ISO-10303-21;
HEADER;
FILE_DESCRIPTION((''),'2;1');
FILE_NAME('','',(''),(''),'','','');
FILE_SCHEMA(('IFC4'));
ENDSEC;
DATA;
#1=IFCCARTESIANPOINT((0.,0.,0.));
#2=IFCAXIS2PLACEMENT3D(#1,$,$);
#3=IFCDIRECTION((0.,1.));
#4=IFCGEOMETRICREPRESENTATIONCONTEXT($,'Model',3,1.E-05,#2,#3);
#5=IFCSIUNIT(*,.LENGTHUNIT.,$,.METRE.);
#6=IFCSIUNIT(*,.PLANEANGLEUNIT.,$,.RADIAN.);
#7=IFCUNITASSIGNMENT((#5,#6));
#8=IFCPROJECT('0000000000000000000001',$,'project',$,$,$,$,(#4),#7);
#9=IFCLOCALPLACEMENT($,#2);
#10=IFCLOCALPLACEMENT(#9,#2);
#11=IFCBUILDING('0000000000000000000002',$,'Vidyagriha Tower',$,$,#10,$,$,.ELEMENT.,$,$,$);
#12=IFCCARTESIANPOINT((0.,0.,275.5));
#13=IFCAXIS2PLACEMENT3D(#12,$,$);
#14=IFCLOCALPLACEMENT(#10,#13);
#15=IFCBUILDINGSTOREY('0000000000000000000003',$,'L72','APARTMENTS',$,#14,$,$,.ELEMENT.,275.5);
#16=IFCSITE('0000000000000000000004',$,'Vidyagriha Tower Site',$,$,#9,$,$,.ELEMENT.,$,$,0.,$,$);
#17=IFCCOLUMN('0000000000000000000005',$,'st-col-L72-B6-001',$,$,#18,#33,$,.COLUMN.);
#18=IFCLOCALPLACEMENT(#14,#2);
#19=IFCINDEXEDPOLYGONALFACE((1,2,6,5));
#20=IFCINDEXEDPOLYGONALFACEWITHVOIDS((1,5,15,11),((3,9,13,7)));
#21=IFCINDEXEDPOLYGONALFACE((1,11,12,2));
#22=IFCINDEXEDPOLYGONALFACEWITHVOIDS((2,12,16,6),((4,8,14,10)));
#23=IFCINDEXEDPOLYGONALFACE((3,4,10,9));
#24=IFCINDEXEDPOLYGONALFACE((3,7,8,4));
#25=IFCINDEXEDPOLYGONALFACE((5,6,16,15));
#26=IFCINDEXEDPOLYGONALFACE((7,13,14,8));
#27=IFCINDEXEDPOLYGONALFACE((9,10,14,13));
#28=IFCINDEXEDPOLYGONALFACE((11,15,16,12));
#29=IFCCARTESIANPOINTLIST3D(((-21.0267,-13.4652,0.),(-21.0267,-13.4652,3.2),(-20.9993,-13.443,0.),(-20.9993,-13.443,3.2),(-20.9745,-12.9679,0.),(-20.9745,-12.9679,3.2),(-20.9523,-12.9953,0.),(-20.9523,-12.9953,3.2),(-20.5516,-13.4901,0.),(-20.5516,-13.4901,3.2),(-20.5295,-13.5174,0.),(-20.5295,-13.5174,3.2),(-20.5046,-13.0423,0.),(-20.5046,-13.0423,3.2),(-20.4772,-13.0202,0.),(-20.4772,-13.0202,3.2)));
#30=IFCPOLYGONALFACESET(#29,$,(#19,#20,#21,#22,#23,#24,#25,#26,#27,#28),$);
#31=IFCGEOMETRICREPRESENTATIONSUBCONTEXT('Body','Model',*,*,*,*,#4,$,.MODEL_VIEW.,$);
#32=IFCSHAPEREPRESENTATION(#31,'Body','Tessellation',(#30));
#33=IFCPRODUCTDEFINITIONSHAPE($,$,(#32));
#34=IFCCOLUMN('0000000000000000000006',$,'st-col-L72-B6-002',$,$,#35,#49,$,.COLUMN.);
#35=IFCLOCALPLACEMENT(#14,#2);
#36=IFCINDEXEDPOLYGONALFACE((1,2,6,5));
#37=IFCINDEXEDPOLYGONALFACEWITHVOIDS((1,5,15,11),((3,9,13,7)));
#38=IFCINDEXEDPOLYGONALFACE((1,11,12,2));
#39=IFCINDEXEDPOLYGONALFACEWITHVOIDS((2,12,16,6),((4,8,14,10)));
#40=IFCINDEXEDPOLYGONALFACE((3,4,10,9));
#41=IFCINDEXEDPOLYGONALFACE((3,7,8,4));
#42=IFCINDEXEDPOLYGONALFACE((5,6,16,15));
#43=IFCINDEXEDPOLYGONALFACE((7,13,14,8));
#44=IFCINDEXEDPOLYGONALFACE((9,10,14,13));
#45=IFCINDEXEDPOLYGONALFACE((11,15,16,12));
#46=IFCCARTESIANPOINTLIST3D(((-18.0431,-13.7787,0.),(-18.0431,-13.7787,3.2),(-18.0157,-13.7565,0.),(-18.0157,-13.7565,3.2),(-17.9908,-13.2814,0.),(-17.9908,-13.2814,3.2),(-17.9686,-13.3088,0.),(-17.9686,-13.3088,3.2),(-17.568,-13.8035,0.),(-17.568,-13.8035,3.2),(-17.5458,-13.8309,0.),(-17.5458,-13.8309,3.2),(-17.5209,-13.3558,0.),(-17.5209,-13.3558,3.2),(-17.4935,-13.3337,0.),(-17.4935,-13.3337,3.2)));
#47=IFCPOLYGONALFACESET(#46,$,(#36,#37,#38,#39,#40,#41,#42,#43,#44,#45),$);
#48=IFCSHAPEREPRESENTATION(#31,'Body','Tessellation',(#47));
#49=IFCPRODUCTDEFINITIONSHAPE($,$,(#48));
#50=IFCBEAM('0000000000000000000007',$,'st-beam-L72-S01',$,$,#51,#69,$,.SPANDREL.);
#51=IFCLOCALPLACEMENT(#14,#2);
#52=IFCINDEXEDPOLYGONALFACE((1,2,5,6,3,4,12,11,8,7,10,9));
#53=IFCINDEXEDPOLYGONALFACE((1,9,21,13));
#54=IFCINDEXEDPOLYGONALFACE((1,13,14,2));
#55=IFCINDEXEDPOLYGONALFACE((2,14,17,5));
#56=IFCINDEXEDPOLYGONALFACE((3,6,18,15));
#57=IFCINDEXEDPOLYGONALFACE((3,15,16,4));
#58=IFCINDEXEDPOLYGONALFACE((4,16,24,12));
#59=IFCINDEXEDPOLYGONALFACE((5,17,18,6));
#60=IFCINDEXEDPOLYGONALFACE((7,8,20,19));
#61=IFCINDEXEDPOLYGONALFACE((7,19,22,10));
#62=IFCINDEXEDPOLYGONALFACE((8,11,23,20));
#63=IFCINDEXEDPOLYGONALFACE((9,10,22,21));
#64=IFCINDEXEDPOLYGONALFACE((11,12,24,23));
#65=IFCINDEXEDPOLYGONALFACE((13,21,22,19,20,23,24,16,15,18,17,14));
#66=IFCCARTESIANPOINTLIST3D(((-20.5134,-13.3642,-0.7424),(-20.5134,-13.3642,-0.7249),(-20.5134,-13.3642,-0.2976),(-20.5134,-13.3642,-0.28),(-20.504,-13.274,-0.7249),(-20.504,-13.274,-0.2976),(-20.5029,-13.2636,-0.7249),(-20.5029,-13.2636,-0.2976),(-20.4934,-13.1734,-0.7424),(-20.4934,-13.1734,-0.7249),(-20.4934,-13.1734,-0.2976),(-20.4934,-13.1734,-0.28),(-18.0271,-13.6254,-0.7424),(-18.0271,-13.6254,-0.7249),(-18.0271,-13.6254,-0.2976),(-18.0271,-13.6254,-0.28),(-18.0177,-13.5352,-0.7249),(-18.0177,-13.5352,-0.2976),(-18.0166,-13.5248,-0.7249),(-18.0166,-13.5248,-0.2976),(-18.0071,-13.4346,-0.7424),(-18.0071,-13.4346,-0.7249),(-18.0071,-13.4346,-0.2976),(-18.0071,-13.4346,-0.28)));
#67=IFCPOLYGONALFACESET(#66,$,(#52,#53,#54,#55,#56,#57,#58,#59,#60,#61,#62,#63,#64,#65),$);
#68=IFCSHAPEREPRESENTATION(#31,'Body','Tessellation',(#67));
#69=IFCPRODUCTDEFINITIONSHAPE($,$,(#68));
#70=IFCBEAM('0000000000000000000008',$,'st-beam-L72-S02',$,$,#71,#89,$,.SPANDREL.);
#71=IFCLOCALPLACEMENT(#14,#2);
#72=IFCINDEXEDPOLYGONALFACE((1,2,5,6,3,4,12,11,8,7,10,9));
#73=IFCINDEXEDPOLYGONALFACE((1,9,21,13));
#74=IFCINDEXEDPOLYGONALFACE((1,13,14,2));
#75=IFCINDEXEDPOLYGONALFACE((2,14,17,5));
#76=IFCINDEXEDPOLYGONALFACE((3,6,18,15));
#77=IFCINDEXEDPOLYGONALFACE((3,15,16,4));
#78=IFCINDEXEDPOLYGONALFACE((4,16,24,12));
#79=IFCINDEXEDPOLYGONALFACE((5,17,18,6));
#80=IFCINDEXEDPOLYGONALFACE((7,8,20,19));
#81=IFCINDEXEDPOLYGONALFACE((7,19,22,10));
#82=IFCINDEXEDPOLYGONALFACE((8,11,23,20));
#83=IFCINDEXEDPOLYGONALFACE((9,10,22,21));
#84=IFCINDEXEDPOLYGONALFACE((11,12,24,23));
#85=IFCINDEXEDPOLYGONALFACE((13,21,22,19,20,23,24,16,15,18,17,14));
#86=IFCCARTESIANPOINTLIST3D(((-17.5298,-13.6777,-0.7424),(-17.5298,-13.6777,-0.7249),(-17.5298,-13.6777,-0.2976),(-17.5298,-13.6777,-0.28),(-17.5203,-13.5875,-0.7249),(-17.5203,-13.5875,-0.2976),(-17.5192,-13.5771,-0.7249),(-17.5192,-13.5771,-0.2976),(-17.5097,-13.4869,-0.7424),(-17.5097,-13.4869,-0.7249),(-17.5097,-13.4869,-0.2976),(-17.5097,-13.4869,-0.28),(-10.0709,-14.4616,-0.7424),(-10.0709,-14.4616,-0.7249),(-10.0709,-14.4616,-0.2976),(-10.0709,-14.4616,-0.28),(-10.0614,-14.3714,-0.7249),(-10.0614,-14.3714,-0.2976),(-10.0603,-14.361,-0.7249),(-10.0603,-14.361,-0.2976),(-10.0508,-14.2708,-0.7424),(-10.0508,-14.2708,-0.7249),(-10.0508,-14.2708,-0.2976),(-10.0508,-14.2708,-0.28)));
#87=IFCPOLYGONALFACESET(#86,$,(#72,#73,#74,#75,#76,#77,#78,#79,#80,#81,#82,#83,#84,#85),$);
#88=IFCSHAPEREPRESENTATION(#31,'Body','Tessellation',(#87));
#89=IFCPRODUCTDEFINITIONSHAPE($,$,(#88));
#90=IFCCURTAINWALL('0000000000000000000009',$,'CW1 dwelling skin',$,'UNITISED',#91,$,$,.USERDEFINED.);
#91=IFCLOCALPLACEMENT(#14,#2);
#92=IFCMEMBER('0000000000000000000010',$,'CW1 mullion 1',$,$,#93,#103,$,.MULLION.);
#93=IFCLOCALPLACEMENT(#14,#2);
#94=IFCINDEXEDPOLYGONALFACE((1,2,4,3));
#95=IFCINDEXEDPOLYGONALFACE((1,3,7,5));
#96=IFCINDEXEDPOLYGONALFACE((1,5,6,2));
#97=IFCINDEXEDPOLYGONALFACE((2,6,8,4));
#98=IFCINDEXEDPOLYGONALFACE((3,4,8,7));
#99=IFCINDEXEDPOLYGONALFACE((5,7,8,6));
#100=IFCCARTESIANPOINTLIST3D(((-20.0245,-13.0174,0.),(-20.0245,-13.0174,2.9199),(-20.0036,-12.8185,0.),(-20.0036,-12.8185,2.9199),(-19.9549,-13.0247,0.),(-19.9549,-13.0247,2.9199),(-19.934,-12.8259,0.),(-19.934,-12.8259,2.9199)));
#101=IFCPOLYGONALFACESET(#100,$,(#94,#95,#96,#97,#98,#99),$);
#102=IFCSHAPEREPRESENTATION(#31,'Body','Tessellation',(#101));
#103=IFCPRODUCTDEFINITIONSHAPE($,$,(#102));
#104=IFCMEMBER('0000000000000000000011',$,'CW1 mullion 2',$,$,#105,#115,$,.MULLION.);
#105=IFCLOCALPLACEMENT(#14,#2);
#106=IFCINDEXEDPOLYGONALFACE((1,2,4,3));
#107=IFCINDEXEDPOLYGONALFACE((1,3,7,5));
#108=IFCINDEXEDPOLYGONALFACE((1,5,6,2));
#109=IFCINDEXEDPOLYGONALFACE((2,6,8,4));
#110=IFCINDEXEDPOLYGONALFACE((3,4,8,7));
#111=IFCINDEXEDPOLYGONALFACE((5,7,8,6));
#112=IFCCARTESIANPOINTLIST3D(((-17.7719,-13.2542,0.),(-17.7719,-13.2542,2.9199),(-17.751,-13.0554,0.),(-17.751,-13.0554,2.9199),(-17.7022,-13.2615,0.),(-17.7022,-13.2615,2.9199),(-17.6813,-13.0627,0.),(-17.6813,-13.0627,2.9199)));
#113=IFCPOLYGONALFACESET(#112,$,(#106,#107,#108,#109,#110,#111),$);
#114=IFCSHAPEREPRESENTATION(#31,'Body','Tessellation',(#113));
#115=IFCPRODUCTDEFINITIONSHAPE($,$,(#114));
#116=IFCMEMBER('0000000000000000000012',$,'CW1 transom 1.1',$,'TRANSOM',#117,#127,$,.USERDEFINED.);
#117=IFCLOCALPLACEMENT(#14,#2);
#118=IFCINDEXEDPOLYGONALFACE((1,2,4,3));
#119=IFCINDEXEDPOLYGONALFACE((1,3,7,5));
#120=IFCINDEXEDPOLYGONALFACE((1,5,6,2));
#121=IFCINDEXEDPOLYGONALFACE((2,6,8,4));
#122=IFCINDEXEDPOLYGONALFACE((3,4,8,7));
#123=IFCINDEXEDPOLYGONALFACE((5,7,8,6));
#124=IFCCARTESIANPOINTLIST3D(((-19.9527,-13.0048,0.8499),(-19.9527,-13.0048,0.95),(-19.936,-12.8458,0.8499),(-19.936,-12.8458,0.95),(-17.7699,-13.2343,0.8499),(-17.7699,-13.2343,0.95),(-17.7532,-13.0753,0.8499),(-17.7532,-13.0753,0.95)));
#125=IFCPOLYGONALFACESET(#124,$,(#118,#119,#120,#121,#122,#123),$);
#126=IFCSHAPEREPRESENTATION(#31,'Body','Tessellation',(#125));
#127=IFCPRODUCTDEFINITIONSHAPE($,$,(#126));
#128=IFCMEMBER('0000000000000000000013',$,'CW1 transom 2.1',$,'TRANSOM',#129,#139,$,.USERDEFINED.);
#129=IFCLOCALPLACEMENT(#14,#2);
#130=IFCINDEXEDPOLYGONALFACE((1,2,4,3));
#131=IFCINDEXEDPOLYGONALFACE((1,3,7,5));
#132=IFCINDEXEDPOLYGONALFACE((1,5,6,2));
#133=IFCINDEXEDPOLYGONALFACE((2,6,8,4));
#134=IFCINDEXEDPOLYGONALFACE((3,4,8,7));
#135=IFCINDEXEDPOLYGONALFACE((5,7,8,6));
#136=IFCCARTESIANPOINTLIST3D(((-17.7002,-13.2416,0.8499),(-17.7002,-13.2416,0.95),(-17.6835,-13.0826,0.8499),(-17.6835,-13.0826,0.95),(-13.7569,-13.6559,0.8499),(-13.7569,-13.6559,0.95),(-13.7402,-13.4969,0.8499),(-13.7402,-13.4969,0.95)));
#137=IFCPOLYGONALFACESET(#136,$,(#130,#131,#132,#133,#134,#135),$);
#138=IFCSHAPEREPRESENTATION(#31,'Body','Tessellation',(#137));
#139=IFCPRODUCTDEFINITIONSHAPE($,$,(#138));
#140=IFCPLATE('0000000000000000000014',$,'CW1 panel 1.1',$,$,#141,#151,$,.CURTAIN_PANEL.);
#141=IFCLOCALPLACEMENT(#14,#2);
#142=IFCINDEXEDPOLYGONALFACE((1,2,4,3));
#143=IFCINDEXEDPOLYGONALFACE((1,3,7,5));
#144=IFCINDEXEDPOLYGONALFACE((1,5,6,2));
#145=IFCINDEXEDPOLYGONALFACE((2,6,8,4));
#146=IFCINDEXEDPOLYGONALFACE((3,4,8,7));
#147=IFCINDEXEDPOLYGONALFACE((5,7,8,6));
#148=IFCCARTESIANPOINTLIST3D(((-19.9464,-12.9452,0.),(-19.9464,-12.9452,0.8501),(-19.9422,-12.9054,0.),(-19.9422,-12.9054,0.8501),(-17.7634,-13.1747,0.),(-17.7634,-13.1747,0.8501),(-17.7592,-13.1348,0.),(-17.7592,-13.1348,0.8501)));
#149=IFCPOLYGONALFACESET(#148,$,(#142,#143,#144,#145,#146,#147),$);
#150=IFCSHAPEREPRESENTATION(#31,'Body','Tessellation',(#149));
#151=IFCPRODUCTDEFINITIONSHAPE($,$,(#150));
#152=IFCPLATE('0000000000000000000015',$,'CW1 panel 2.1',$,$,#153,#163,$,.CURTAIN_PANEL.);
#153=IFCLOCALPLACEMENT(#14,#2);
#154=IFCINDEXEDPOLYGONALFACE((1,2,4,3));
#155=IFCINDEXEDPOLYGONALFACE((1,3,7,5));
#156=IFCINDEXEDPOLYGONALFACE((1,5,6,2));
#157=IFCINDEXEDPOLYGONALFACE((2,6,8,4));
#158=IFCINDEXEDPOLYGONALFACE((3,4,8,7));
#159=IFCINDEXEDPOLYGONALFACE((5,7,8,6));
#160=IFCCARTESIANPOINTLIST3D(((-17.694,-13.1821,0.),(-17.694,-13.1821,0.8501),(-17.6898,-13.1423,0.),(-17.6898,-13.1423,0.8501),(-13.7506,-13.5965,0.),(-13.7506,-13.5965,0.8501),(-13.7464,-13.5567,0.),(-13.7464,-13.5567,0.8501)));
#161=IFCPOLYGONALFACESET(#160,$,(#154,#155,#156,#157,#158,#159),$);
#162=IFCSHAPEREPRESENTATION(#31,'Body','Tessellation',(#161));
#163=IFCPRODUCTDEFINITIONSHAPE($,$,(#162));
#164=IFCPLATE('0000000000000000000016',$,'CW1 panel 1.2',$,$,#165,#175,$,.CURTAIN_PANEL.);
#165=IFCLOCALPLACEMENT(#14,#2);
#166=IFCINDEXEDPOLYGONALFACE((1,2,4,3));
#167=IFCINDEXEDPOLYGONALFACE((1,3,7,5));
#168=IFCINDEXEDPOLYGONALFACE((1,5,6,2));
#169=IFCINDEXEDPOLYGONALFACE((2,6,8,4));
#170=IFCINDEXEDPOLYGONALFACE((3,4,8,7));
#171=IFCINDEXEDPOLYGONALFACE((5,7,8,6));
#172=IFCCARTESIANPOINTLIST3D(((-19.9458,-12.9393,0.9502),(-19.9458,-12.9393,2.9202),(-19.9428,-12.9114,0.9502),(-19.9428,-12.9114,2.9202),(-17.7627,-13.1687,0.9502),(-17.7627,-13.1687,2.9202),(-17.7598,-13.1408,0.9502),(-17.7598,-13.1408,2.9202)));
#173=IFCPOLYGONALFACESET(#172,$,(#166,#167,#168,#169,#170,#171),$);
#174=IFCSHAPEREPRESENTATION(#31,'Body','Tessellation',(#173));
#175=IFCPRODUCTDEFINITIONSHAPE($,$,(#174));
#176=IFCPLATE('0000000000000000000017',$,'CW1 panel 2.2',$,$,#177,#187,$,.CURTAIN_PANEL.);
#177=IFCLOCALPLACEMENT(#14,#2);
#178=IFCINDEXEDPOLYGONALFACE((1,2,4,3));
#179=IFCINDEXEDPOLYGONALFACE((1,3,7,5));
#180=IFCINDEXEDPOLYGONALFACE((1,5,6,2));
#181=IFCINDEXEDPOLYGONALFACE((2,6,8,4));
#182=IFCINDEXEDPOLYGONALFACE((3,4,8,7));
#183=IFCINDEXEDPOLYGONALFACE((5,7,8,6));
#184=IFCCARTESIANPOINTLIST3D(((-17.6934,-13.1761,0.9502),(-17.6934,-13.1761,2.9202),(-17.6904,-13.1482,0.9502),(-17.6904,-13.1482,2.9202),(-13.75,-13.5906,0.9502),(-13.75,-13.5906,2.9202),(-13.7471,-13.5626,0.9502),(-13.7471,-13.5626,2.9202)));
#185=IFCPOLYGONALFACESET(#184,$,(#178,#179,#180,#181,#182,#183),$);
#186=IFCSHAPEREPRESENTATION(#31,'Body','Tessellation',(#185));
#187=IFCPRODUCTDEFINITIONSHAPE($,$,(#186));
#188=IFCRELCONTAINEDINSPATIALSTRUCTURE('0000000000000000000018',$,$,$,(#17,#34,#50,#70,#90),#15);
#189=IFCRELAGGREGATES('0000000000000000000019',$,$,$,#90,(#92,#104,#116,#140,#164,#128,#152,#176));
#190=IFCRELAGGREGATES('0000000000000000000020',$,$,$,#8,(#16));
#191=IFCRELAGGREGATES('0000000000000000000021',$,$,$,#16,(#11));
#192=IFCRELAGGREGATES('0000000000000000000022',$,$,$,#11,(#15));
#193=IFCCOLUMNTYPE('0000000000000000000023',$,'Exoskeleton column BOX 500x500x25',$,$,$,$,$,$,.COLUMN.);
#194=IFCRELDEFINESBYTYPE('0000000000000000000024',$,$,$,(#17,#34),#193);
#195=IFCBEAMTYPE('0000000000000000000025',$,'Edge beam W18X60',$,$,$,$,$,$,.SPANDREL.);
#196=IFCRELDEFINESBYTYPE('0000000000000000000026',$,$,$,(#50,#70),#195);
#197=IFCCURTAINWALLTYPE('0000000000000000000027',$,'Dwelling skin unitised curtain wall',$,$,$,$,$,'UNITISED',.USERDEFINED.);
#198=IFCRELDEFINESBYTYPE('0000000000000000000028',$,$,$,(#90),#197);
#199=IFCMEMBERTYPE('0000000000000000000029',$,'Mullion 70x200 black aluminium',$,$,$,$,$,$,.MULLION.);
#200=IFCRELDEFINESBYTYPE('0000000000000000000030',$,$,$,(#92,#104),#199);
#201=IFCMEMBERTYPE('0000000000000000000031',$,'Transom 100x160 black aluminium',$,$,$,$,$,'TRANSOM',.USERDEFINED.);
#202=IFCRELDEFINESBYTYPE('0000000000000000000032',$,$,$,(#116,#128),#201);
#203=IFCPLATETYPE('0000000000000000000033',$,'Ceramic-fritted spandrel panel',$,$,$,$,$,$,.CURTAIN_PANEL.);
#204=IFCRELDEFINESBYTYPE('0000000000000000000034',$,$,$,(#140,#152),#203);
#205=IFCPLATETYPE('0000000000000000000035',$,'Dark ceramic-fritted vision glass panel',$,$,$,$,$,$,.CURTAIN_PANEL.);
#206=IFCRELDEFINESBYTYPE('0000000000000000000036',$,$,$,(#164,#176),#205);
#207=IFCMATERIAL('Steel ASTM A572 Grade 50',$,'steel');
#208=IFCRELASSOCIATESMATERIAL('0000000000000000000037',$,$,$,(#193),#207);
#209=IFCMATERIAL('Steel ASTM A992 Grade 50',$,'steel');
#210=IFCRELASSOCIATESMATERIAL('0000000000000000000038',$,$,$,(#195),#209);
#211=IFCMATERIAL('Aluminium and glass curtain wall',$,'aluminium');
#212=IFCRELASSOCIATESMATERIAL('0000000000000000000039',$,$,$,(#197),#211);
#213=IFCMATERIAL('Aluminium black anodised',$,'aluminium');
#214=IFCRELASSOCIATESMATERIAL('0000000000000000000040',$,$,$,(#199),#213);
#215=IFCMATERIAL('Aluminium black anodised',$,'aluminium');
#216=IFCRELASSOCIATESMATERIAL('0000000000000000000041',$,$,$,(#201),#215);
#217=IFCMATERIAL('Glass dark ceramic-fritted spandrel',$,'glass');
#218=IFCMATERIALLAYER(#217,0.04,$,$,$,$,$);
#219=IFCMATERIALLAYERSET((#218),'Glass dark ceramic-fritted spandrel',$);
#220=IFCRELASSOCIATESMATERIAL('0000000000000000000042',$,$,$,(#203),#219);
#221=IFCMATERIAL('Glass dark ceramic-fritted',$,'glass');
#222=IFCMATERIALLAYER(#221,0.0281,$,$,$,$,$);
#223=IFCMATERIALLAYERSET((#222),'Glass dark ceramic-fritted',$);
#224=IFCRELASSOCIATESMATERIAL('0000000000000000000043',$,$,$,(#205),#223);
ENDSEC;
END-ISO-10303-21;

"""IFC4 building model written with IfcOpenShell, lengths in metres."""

from ifc_helpers import new_model, si_unit, direction, frame, origin, origin_2d, place, context, subcontext, project, spatial, rectangle, hollow_rectangle, i_section, extrude, material, layer, layer_set, material_profile, profile_set, type_object, element, aggregate, save


model = new_model("IFC4")

# Units and contexts
model_context = context("Model", 3, precision=1e-05, world=origin(), true_north=direction((0.0, 1.0)))
body_context = subcontext(model_context, "Body", "Model", "MODEL_VIEW")
ifc_project = project(units=[si_unit("LENGTHUNIT", "METRE"), si_unit("PLANEANGLEUNIT", "RADIAN")], contexts=[model_context])

# Site, building, storey
site_placement = place(None, origin())
site = spatial("IfcSite", under=ifc_project, at=site_placement, Name="Vidyagriha Tower Site", CompositionType="ELEMENT", RefElevation=0.0)
building_placement = place(site_placement, origin())
building = spatial("IfcBuilding", under=site, at=building_placement, Name="Vidyagriha Tower", CompositionType="ELEMENT")
storey_placement = place(building_placement, frame((0.0, 0.0, 275.5)))
storey = spatial("IfcBuildingStorey", under=building, at=storey_placement, Name="L72", Description="APARTMENTS", CompositionType="ELEMENT", Elevation=275.5)

# Columns
ifc_material_1 = material(Name="Steel ASTM A572 Grade 50", Category="steel")
ifc_material_profile_1 = material_profile(ifc_material_1, hollow_rectangle(XDim=0.5, YDim=0.5, WallThickness=0.0249, at=origin_2d()), Name="BOX 500x500x25")
ifc_profile_set_1 = profile_set([ifc_material_profile_1], Name="Steel ASTM A572 Grade 50")
column_type = type_object("IfcColumnType", Name="Exoskeleton column BOX 500x500x25", PredefinedType="COLUMN", material=ifc_profile_set_1)
for number, where, z_axis, x_axis, name in (
    (1, (-20.752, -13.2427, 0.0), (0.0, 0.0, 1.0), (0.994522, -0.104528, 0.0), "st-col-L72-B6-001"),
    (2, (-17.7683, -13.5562, 0.0), (0.0, 0.0, 1.0), (0.994522, -0.104528, 0.0), "st-col-L72-B6-002"),
):
    element("IfcColumn", number, at=place(storey_placement, frame(where, z_axis=z_axis, x_axis=x_axis)), inside=storey, type_object=column_type, Name=name, PredefinedType="COLUMN", context=body_context, shape_type="SweptSolid", body=[
        extrude(hollow_rectangle(XDim=0.5, YDim=0.5, WallThickness=0.0249, at=origin_2d()), origin(), (0.0, 0.0, 1.0), 3.2),
    ])

# Beams
ifc_material_2 = material(Name="Steel ASTM A992 Grade 50", Category="steel")
ifc_material_profile_2 = material_profile(ifc_material_2, i_section(OverallWidth=0.1919, OverallDepth=0.4624, WebThickness=0.0105, FlangeThickness=0.0176, at=origin_2d()), Name="W18X60")
ifc_profile_set_2 = profile_set([ifc_material_profile_2], Name="Steel ASTM A992 Grade 50")
beam_type = type_object("IfcBeamType", Name="Edge beam W18X60", PredefinedType="SPANDREL", material=ifc_profile_set_2)
beam_1_placement = place(storey_placement, frame((-20.5034, -13.2688, -0.5112), z_axis=(0.994526, -0.104492, 0.0), x_axis=(0.104492, 0.994526, 0.0)))
element("IfcBeam", 3, at=beam_1_placement, inside=storey, type_object=beam_type, Name="st-beam-L72-S01", PredefinedType="SPANDREL", context=body_context, shape_type="SweptSolid", body=[
    extrude(i_section(OverallWidth=0.1919, OverallDepth=0.4624, WebThickness=0.0105, FlangeThickness=0.0176, at=origin_2d()), origin(), (0.0, 0.0, 1.0), 2.5),
])
beam_2_placement = place(storey_placement, frame((-17.5198, -13.5823, -0.5112), z_axis=(0.994522, -0.104524, 0.0), x_axis=(0.104524, 0.994522, 0.0)))
element("IfcBeam", 4, at=beam_2_placement, inside=storey, type_object=beam_type, Name="st-beam-L72-S02", PredefinedType="SPANDREL", context=body_context, shape_type="SweptSolid", body=[
    extrude(i_section(OverallWidth=0.1919, OverallDepth=0.4624, WebThickness=0.0105, FlangeThickness=0.0176, at=origin_2d()), origin(), (0.0, 0.0, 1.0), 7.5),
])

# Curtain wall, members, plates
ifc_material_3 = material(Name="Aluminium and glass curtain wall", Category="aluminium")
curtain_wall_type = type_object("IfcCurtainWallType", Name="Dwelling skin unitised curtain wall", ElementType="UNITISED", PredefinedType="USERDEFINED", material=ifc_material_3)
curtain_wall_placement = place(storey_placement, origin())
curtain_wall = element("IfcCurtainWall", 5, at=curtain_wall_placement, inside=storey, type_object=curtain_wall_type, Name="CW1 dwelling skin", ObjectType="UNITISED", PredefinedType="USERDEFINED")
ifc_material_4 = material(Name="Aluminium black anodised", Category="aluminium")
ifc_material_profile_3 = material_profile(ifc_material_4, rectangle(XDim=0.2, YDim=0.0701, at=origin_2d()), Name="Mullion 70x200 black aluminium")
ifc_profile_set_3 = profile_set([ifc_material_profile_3], Name="Aluminium black anodised")
member_type_1 = type_object("IfcMemberType", Name="Mullion 70x200 black aluminium", PredefinedType="MULLION", material=ifc_profile_set_3)
member_1_placement = place(storey_placement, frame((-19.9792, -12.9216, 0.0), z_axis=(0.0, 0.0, 1.0), x_axis=(0.104524, 0.994522, 0.0)))
member_1 = element("IfcMember", 6, at=member_1_placement, type_object=member_type_1, Name="CW1 mullion 1", PredefinedType="MULLION", context=body_context, shape_type="SweptSolid", body=[
    extrude(rectangle(XDim=0.2, YDim=0.0701, at=origin_2d()), origin(), (0.0, 0.0, 1.0), 2.9199),
])
member_2_placement = place(storey_placement, frame((-17.7266, -13.1584, 0.0), z_axis=(0.0, 0.0, 1.0), x_axis=(0.104524, 0.994522, 0.0)))
member_2 = element("IfcMember", 7, at=member_2_placement, type_object=member_type_1, Name="CW1 mullion 2", PredefinedType="MULLION", context=body_context, shape_type="SweptSolid", body=[
    extrude(rectangle(XDim=0.2, YDim=0.0701, at=origin_2d()), origin(), (0.0, 0.0, 1.0), 2.9199),
])
ifc_material_5 = material(Name="Aluminium black anodised", Category="aluminium")
ifc_material_profile_4 = material_profile(ifc_material_5, rectangle(XDim=0.1599, YDim=0.1001, at=origin_2d()), Name="Transom 100x160 black aluminium")
ifc_profile_set_4 = profile_set([ifc_material_profile_4], Name="Aluminium black anodised")
member_type_2 = type_object("IfcMemberType", Name="Transom 100x160 black aluminium", ElementType="TRANSOM", PredefinedType="USERDEFINED", material=ifc_profile_set_4)
member_3_placement = place(storey_placement, frame((-19.9443, -12.9253, 0.8999), z_axis=(0.994519, -0.104557, 0.0), x_axis=(0.104557, 0.994519, 0.0)))
member_3 = element("IfcMember", 8, at=member_3_placement, type_object=member_type_2, Name="CW1 transom 1.1", ObjectType="TRANSOM", PredefinedType="USERDEFINED", context=body_context, shape_type="SweptSolid", body=[
    extrude(rectangle(XDim=0.1599, YDim=0.1001, at=origin_2d()), origin(), (0.0, 0.0, 1.0), 2.1948),
])
member_4_placement = place(storey_placement, frame((-17.6919, -13.1621, 0.8999), z_axis=(0.994526, -0.104489, 0.0), x_axis=(0.104489, 0.994526, 0.0)))
member_4 = element("IfcMember", 9, at=member_4_placement, type_object=member_type_2, Name="CW1 transom 2.1", ObjectType="TRANSOM", PredefinedType="USERDEFINED", context=body_context, shape_type="SweptSolid", body=[
    extrude(rectangle(XDim=0.1599, YDim=0.1001, at=origin_2d()), origin(), (0.0, 0.0, 1.0), 3.9651),
])
ifc_material_6 = material(Name="Glass dark ceramic-fritted spandrel", Category="glass")
ifc_layer_1 = layer(ifc_material_6, 0.04)
ifc_layer_set_1 = layer_set([ifc_layer_1], Name="Glass dark ceramic-fritted spandrel")
plate_type_1 = type_object("IfcPlateType", Name="Ceramic-fritted spandrel panel", PredefinedType="CURTAIN_PANEL", material=ifc_layer_set_1)
plate_1_placement = place(storey_placement, frame((-18.8528, -13.04, 0.0), z_axis=(0.0, 0.0, 1.0), x_axis=(0.994522, -0.104524, 0.0)))
plate_1 = element("IfcPlate", 10, at=plate_1_placement, type_object=plate_type_1, Name="CW1 panel 1.1", PredefinedType="CURTAIN_PANEL", context=body_context, shape_type="SweptSolid", body=[
    extrude(rectangle(XDim=2.1951, YDim=0.04, at=origin_2d()), origin(), (0.0, 0.0, 1.0), 0.8501),
])
plate_2_placement = place(storey_placement, frame((-15.7202, -13.3694, 0.0), z_axis=(0.0, 0.0, 1.0), x_axis=(0.994522, -0.104524, 0.0)))
plate_2 = element("IfcPlate", 11, at=plate_2_placement, type_object=plate_type_1, Name="CW1 panel 2.1", PredefinedType="CURTAIN_PANEL", context=body_context, shape_type="SweptSolid", body=[
    extrude(rectangle(XDim=3.9651, YDim=0.04, at=origin_2d()), origin(), (0.0, 0.0, 1.0), 0.8501),
])
ifc_material_7 = material(Name="Glass dark ceramic-fritted", Category="glass")
ifc_layer_2 = layer(ifc_material_7, 0.0281)
ifc_layer_set_2 = layer_set([ifc_layer_2], Name="Glass dark ceramic-fritted")
plate_type_2 = type_object("IfcPlateType", Name="Dark ceramic-fritted vision glass panel", PredefinedType="CURTAIN_PANEL", material=ifc_layer_set_2)
plate_3_placement = place(storey_placement, frame((-18.8528, -13.04, 0.9502), z_axis=(0.0, 0.0, 1.0), x_axis=(0.994522, -0.104524, 0.0)))
plate_3 = element("IfcPlate", 12, at=plate_3_placement, type_object=plate_type_2, Name="CW1 panel 1.2", PredefinedType="CURTAIN_PANEL", context=body_context, shape_type="SweptSolid", body=[
    extrude(rectangle(XDim=2.1951, YDim=0.0281, at=origin_2d()), origin(), (0.0, 0.0, 1.0), 1.97),
])
plate_4_placement = place(storey_placement, frame((-15.7202, -13.3694, 0.9502), z_axis=(0.0, 0.0, 1.0), x_axis=(0.994522, -0.104524, 0.0)))
plate_4 = element("IfcPlate", 13, at=plate_4_placement, type_object=plate_type_2, Name="CW1 panel 2.2", PredefinedType="CURTAIN_PANEL", context=body_context, shape_type="SweptSolid", body=[
    extrude(rectangle(XDim=3.9651, YDim=0.0281, at=origin_2d()), origin(), (0.0, 0.0, 1.0), 1.97),
])
aggregate(curtain_wall, [member_1, member_2, member_3, plate_1, plate_3, member_4, plate_2, plate_4])

save(model, "model.ifc")
